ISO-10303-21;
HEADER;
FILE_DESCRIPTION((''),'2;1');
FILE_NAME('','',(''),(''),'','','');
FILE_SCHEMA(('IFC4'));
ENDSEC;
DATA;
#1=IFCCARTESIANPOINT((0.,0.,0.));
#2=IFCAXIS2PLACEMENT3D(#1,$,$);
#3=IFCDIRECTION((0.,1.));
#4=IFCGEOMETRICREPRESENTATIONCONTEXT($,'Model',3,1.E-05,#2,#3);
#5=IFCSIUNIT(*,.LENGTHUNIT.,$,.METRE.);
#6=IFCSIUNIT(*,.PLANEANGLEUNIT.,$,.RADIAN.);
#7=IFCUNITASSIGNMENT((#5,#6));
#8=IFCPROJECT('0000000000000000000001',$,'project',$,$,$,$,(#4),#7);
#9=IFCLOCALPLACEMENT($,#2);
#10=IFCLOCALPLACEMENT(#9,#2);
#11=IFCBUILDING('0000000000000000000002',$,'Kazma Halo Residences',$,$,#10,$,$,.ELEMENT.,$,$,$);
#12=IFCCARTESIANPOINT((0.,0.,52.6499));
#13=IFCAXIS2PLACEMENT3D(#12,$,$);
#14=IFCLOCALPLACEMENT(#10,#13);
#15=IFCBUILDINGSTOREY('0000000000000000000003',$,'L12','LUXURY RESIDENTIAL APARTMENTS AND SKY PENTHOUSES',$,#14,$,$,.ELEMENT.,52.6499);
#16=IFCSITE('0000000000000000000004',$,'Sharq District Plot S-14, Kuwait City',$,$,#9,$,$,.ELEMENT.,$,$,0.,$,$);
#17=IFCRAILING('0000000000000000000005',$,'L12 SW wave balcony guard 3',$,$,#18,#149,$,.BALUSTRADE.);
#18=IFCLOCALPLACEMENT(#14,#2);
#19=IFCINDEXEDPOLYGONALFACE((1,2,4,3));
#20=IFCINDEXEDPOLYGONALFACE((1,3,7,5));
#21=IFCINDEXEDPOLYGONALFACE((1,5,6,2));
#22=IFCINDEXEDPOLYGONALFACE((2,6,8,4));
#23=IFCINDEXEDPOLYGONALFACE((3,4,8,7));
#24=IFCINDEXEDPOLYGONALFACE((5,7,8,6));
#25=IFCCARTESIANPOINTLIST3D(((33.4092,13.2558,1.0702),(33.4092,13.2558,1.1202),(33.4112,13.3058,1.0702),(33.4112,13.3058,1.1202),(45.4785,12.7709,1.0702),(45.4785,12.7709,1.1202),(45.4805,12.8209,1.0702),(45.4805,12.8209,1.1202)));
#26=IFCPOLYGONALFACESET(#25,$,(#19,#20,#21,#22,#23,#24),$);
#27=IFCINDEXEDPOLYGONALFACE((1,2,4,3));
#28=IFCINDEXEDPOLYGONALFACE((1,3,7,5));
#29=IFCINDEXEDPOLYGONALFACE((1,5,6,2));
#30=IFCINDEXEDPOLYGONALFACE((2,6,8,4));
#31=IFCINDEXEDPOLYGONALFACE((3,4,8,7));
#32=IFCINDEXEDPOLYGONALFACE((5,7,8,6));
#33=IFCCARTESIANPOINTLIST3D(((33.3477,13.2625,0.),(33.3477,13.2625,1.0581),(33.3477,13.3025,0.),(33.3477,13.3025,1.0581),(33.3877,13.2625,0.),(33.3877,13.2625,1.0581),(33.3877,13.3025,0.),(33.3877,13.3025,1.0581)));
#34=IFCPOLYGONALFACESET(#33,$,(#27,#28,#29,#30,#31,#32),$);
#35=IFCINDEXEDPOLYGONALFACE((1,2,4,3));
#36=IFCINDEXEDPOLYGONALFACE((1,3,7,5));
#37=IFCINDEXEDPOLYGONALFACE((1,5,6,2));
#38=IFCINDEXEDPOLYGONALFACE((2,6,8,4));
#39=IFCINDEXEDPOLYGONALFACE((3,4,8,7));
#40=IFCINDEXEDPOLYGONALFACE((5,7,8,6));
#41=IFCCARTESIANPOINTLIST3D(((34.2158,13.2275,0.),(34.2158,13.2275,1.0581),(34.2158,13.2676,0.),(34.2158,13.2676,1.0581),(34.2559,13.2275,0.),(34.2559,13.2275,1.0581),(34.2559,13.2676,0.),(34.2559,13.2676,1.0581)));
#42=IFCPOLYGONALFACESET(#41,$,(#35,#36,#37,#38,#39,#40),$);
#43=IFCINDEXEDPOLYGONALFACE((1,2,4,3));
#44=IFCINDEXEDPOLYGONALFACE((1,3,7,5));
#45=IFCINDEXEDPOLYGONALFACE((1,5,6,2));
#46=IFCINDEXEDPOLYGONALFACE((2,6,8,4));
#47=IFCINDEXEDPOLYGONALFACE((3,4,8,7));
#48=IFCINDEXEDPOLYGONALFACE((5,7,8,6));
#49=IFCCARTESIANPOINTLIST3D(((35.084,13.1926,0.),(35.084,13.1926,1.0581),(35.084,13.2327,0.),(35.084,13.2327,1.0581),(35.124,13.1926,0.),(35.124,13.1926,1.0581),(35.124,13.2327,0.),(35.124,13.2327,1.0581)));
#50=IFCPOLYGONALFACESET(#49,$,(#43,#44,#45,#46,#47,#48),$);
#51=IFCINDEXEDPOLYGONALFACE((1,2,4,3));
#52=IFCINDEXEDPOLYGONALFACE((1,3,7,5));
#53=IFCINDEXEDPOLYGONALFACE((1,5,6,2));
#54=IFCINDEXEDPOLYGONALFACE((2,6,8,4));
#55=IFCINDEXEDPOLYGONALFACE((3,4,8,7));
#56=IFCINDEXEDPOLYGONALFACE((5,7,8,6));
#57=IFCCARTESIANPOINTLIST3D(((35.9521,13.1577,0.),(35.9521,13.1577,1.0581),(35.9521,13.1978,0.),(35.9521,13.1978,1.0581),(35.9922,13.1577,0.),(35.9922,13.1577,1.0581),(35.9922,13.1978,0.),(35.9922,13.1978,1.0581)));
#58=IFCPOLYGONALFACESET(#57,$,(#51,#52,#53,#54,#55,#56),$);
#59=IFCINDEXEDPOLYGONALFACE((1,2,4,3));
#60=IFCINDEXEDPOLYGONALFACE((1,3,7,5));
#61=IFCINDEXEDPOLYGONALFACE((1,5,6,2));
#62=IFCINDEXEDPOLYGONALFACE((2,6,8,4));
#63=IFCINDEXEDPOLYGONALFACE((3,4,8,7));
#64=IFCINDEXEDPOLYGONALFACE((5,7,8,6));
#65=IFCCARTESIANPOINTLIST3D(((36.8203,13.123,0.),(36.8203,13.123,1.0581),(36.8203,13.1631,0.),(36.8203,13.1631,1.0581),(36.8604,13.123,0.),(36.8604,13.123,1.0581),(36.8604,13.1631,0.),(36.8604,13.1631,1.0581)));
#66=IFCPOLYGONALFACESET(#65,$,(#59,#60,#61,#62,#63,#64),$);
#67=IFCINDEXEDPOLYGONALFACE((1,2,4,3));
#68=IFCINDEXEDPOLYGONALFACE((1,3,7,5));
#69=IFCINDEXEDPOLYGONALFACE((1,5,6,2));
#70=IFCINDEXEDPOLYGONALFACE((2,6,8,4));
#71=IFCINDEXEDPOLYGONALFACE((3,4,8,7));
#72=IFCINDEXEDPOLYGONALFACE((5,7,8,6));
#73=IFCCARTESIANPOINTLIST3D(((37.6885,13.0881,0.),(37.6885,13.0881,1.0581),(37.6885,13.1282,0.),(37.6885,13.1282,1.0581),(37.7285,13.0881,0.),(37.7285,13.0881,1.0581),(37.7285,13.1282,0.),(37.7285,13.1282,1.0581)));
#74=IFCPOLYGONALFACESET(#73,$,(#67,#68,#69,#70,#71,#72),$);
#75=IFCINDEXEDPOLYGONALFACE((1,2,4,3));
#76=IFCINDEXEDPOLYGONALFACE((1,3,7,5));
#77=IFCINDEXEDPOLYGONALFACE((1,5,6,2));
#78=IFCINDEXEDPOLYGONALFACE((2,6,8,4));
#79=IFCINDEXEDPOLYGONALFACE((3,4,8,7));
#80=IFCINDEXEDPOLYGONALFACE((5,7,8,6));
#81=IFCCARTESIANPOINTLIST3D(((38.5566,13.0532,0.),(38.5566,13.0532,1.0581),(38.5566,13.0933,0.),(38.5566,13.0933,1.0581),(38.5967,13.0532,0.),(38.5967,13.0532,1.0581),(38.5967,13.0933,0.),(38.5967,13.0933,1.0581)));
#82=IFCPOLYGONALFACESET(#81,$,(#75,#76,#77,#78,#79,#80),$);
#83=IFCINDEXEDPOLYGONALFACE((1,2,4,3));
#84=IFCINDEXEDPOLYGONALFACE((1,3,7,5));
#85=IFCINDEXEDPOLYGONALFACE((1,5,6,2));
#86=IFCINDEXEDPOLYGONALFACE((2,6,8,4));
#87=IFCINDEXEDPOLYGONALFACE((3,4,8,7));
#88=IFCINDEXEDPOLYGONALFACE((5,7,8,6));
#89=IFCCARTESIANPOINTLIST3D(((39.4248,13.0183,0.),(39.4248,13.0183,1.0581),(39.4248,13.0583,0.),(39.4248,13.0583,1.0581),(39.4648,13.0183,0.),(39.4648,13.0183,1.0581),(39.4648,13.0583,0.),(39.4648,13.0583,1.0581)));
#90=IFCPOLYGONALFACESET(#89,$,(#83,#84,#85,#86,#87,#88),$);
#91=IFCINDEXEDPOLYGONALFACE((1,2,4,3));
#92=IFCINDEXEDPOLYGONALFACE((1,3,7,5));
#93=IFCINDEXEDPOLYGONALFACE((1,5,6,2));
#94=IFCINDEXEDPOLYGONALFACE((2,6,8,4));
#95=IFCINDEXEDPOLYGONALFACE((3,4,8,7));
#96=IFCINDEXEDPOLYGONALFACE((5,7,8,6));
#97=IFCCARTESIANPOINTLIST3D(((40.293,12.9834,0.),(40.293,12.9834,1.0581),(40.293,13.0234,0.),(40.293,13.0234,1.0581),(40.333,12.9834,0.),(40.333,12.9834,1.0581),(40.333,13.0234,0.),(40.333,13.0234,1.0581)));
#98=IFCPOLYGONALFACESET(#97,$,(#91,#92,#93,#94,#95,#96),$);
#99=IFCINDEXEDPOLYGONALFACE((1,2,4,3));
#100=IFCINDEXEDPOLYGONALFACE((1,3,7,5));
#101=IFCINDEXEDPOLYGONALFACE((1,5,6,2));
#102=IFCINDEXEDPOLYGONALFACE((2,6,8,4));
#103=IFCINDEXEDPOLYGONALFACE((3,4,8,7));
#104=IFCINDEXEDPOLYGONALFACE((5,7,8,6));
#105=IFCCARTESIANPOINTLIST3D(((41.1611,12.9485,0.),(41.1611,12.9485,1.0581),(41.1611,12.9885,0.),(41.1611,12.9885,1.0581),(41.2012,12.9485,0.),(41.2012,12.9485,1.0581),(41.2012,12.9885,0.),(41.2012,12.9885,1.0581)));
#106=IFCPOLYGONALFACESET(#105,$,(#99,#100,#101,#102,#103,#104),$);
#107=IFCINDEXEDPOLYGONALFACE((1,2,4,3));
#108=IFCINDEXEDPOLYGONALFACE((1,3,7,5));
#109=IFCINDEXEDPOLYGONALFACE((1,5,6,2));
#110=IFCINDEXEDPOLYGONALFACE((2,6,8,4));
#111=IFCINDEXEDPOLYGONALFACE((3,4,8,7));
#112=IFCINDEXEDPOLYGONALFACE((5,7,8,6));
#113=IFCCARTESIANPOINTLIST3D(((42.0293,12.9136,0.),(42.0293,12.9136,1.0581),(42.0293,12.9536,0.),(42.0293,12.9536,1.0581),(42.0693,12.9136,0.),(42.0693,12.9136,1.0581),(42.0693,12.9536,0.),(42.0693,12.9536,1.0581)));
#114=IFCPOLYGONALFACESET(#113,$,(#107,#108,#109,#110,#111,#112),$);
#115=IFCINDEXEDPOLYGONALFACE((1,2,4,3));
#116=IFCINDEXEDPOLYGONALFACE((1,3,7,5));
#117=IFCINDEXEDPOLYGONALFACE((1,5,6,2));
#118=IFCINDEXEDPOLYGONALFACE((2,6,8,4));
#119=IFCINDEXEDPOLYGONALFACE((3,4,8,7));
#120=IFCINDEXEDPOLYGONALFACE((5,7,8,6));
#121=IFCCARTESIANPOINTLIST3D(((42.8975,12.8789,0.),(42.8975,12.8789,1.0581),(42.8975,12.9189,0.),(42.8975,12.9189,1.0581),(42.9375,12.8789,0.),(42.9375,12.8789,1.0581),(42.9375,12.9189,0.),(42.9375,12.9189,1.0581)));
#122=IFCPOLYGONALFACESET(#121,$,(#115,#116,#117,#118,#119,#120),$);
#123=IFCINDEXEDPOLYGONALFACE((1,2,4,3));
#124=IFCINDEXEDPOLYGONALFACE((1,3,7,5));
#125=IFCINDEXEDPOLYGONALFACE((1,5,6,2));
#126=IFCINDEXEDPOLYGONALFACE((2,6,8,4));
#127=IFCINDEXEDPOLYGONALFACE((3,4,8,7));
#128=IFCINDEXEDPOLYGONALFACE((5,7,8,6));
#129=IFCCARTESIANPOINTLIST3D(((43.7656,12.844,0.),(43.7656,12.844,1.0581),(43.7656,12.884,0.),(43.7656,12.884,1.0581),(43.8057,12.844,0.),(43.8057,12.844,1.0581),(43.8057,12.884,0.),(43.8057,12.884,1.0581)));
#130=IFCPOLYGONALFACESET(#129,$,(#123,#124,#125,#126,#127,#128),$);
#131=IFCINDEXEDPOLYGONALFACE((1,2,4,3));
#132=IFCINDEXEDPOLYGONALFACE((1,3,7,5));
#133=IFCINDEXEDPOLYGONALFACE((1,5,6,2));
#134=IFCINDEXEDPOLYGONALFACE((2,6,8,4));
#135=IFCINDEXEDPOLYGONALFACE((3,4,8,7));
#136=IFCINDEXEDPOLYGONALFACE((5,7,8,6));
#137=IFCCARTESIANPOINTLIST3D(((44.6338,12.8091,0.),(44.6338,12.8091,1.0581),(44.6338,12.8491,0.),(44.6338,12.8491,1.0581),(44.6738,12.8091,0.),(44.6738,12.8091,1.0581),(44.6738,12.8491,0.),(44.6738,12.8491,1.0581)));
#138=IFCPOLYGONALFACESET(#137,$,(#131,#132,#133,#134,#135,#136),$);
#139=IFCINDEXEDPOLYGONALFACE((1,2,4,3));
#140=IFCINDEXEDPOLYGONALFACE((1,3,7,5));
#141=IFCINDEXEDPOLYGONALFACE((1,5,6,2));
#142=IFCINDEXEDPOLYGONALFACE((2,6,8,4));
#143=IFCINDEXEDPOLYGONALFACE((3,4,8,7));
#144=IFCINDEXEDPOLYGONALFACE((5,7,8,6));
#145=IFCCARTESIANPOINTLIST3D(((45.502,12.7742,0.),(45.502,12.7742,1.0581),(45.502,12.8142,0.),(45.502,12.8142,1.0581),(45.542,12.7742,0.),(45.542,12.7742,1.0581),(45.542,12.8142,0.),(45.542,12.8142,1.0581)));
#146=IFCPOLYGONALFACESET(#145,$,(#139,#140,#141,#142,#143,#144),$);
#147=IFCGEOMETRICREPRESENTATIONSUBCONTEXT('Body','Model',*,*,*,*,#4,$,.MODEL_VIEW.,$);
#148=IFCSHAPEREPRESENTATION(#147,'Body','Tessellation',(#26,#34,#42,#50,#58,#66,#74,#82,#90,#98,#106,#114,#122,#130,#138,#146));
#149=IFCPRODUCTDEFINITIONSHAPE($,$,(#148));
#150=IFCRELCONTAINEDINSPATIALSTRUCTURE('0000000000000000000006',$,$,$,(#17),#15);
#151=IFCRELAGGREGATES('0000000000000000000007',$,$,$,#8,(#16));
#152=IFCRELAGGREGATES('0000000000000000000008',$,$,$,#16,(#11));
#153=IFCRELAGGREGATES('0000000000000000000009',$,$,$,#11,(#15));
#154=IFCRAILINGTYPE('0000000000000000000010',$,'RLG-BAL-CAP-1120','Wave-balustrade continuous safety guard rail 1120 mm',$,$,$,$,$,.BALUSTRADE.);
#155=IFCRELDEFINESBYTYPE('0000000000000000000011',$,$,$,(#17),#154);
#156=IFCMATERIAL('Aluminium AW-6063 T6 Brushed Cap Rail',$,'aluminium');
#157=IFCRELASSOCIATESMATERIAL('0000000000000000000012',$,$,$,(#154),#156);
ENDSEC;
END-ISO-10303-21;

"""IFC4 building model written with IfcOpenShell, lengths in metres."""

from ifc_helpers import new_model, si_unit, direction, frame, origin, origin_2d, place, context, subcontext, project, spatial, rectangle, extrude, material, type_object, element, save


model = new_model("IFC4")

# Units and contexts
model_context = context("Model", 3, precision=1e-05, world=origin(), true_north=direction((0.0, 1.0)))
body_context = subcontext(model_context, "Body", "Model", "MODEL_VIEW")
ifc_project = project(units=[si_unit("LENGTHUNIT", "METRE"), si_unit("PLANEANGLEUNIT", "RADIAN")], contexts=[model_context])

# Site, building, storey
site_placement = place(None, origin())
site = spatial("IfcSite", under=ifc_project, at=site_placement, Name="Sharq District Plot S-14, Kuwait City", CompositionType="ELEMENT", RefElevation=0.0)
building_placement = place(site_placement, origin())
building = spatial("IfcBuilding", under=site, at=building_placement, Name="Kazma Halo Residences", CompositionType="ELEMENT")
storey_placement = place(building_placement, frame((0.0, 0.0, 52.6499)))
storey = spatial("IfcBuildingStorey", under=building, at=storey_placement, Name="L12", Description="LUXURY RESIDENTIAL APARTMENTS AND SKY PENTHOUSES", CompositionType="ELEMENT", Elevation=52.6499)

# Railing
ifc_material_1 = material(Name="Aluminium AW-6063 T6 Brushed Cap Rail", Category="aluminium")
railing_type = type_object("IfcRailingType", Name="RLG-BAL-CAP-1120", Description="Wave-balustrade continuous safety guard rail 1120 mm", PredefinedType="BALUSTRADE", material=ifc_material_1)
railing_1_placement = place(storey_placement, frame((33.3677, 13.2825, 0.0)))
element("IfcRailing", 1, at=railing_1_placement, inside=storey, type_object=railing_type, Name="L12 SW wave balcony guard 3", PredefinedType="BALUSTRADE", context=body_context, shape_type="SweptSolid", body=[
    extrude(rectangle(XDim=0.05, YDim=0.05, at=origin_2d()), frame((0.0425, -0.0017, 1.0952), z_axis=(0.999194, -0.040141, 0.0), x_axis=(0.040141, 0.999194, 0.0)), (0.0, 0.0, 1.0), 12.0791),
    extrude(rectangle(XDim=0.04, YDim=0.04, at=origin_2d()), origin(), (0.0, 0.0, 1.0), 1.0581),
    extrude(rectangle(XDim=0.04, YDim=0.04, at=origin_2d()), frame((0.8682, -0.0349, 0.0)), (0.0, 0.0, 1.0), 1.0581),
    extrude(rectangle(XDim=0.04, YDim=0.04, at=origin_2d()), frame((1.7363, -0.0698, 0.0)), (0.0, 0.0, 1.0), 1.0581),
    extrude(rectangle(XDim=0.04, YDim=0.04, at=origin_2d()), frame((2.6045, -0.1047, 0.0)), (0.0, 0.0, 1.0), 1.0581),
    extrude(rectangle(XDim=0.04, YDim=0.04, at=origin_2d()), frame((3.4727, -0.1394, 0.0)), (0.0, 0.0, 1.0), 1.0581),
    extrude(rectangle(XDim=0.04, YDim=0.04, at=origin_2d()), frame((4.3408, -0.1743, 0.0)), (0.0, 0.0, 1.0), 1.0581),
    extrude(rectangle(XDim=0.04, YDim=0.04, at=origin_2d()), frame((5.209, -0.2092, 0.0)), (0.0, 0.0, 1.0), 1.0581),
    extrude(rectangle(XDim=0.04, YDim=0.04, at=origin_2d()), frame((6.0771, -0.2441, 0.0)), (0.0, 0.0, 1.0), 1.0581),
    extrude(rectangle(XDim=0.04, YDim=0.04, at=origin_2d()), frame((6.9453, -0.2791, 0.0)), (0.0, 0.0, 1.0), 1.0581),
    extrude(rectangle(XDim=0.04, YDim=0.04, at=origin_2d()), frame((7.8135, -0.314, 0.0)), (0.0, 0.0, 1.0), 1.0581),
    extrude(rectangle(XDim=0.04, YDim=0.04, at=origin_2d()), frame((8.6816, -0.3489, 0.0)), (0.0, 0.0, 1.0), 1.0581),
    extrude(rectangle(XDim=0.04, YDim=0.04, at=origin_2d()), frame((9.5498, -0.3835, 0.0)), (0.0, 0.0, 1.0), 1.0581),
    extrude(rectangle(XDim=0.04, YDim=0.04, at=origin_2d()), frame((10.418, -0.4185, 0.0)), (0.0, 0.0, 1.0), 1.0581),
    extrude(rectangle(XDim=0.04, YDim=0.04, at=origin_2d()), frame((11.2861, -0.4534, 0.0)), (0.0, 0.0, 1.0), 1.0581),
    extrude(rectangle(XDim=0.04, YDim=0.04, at=origin_2d()), frame((12.1543, -0.4883, 0.0)), (0.0, 0.0, 1.0), 1.0581),
])

save(model, "model.ifc")
